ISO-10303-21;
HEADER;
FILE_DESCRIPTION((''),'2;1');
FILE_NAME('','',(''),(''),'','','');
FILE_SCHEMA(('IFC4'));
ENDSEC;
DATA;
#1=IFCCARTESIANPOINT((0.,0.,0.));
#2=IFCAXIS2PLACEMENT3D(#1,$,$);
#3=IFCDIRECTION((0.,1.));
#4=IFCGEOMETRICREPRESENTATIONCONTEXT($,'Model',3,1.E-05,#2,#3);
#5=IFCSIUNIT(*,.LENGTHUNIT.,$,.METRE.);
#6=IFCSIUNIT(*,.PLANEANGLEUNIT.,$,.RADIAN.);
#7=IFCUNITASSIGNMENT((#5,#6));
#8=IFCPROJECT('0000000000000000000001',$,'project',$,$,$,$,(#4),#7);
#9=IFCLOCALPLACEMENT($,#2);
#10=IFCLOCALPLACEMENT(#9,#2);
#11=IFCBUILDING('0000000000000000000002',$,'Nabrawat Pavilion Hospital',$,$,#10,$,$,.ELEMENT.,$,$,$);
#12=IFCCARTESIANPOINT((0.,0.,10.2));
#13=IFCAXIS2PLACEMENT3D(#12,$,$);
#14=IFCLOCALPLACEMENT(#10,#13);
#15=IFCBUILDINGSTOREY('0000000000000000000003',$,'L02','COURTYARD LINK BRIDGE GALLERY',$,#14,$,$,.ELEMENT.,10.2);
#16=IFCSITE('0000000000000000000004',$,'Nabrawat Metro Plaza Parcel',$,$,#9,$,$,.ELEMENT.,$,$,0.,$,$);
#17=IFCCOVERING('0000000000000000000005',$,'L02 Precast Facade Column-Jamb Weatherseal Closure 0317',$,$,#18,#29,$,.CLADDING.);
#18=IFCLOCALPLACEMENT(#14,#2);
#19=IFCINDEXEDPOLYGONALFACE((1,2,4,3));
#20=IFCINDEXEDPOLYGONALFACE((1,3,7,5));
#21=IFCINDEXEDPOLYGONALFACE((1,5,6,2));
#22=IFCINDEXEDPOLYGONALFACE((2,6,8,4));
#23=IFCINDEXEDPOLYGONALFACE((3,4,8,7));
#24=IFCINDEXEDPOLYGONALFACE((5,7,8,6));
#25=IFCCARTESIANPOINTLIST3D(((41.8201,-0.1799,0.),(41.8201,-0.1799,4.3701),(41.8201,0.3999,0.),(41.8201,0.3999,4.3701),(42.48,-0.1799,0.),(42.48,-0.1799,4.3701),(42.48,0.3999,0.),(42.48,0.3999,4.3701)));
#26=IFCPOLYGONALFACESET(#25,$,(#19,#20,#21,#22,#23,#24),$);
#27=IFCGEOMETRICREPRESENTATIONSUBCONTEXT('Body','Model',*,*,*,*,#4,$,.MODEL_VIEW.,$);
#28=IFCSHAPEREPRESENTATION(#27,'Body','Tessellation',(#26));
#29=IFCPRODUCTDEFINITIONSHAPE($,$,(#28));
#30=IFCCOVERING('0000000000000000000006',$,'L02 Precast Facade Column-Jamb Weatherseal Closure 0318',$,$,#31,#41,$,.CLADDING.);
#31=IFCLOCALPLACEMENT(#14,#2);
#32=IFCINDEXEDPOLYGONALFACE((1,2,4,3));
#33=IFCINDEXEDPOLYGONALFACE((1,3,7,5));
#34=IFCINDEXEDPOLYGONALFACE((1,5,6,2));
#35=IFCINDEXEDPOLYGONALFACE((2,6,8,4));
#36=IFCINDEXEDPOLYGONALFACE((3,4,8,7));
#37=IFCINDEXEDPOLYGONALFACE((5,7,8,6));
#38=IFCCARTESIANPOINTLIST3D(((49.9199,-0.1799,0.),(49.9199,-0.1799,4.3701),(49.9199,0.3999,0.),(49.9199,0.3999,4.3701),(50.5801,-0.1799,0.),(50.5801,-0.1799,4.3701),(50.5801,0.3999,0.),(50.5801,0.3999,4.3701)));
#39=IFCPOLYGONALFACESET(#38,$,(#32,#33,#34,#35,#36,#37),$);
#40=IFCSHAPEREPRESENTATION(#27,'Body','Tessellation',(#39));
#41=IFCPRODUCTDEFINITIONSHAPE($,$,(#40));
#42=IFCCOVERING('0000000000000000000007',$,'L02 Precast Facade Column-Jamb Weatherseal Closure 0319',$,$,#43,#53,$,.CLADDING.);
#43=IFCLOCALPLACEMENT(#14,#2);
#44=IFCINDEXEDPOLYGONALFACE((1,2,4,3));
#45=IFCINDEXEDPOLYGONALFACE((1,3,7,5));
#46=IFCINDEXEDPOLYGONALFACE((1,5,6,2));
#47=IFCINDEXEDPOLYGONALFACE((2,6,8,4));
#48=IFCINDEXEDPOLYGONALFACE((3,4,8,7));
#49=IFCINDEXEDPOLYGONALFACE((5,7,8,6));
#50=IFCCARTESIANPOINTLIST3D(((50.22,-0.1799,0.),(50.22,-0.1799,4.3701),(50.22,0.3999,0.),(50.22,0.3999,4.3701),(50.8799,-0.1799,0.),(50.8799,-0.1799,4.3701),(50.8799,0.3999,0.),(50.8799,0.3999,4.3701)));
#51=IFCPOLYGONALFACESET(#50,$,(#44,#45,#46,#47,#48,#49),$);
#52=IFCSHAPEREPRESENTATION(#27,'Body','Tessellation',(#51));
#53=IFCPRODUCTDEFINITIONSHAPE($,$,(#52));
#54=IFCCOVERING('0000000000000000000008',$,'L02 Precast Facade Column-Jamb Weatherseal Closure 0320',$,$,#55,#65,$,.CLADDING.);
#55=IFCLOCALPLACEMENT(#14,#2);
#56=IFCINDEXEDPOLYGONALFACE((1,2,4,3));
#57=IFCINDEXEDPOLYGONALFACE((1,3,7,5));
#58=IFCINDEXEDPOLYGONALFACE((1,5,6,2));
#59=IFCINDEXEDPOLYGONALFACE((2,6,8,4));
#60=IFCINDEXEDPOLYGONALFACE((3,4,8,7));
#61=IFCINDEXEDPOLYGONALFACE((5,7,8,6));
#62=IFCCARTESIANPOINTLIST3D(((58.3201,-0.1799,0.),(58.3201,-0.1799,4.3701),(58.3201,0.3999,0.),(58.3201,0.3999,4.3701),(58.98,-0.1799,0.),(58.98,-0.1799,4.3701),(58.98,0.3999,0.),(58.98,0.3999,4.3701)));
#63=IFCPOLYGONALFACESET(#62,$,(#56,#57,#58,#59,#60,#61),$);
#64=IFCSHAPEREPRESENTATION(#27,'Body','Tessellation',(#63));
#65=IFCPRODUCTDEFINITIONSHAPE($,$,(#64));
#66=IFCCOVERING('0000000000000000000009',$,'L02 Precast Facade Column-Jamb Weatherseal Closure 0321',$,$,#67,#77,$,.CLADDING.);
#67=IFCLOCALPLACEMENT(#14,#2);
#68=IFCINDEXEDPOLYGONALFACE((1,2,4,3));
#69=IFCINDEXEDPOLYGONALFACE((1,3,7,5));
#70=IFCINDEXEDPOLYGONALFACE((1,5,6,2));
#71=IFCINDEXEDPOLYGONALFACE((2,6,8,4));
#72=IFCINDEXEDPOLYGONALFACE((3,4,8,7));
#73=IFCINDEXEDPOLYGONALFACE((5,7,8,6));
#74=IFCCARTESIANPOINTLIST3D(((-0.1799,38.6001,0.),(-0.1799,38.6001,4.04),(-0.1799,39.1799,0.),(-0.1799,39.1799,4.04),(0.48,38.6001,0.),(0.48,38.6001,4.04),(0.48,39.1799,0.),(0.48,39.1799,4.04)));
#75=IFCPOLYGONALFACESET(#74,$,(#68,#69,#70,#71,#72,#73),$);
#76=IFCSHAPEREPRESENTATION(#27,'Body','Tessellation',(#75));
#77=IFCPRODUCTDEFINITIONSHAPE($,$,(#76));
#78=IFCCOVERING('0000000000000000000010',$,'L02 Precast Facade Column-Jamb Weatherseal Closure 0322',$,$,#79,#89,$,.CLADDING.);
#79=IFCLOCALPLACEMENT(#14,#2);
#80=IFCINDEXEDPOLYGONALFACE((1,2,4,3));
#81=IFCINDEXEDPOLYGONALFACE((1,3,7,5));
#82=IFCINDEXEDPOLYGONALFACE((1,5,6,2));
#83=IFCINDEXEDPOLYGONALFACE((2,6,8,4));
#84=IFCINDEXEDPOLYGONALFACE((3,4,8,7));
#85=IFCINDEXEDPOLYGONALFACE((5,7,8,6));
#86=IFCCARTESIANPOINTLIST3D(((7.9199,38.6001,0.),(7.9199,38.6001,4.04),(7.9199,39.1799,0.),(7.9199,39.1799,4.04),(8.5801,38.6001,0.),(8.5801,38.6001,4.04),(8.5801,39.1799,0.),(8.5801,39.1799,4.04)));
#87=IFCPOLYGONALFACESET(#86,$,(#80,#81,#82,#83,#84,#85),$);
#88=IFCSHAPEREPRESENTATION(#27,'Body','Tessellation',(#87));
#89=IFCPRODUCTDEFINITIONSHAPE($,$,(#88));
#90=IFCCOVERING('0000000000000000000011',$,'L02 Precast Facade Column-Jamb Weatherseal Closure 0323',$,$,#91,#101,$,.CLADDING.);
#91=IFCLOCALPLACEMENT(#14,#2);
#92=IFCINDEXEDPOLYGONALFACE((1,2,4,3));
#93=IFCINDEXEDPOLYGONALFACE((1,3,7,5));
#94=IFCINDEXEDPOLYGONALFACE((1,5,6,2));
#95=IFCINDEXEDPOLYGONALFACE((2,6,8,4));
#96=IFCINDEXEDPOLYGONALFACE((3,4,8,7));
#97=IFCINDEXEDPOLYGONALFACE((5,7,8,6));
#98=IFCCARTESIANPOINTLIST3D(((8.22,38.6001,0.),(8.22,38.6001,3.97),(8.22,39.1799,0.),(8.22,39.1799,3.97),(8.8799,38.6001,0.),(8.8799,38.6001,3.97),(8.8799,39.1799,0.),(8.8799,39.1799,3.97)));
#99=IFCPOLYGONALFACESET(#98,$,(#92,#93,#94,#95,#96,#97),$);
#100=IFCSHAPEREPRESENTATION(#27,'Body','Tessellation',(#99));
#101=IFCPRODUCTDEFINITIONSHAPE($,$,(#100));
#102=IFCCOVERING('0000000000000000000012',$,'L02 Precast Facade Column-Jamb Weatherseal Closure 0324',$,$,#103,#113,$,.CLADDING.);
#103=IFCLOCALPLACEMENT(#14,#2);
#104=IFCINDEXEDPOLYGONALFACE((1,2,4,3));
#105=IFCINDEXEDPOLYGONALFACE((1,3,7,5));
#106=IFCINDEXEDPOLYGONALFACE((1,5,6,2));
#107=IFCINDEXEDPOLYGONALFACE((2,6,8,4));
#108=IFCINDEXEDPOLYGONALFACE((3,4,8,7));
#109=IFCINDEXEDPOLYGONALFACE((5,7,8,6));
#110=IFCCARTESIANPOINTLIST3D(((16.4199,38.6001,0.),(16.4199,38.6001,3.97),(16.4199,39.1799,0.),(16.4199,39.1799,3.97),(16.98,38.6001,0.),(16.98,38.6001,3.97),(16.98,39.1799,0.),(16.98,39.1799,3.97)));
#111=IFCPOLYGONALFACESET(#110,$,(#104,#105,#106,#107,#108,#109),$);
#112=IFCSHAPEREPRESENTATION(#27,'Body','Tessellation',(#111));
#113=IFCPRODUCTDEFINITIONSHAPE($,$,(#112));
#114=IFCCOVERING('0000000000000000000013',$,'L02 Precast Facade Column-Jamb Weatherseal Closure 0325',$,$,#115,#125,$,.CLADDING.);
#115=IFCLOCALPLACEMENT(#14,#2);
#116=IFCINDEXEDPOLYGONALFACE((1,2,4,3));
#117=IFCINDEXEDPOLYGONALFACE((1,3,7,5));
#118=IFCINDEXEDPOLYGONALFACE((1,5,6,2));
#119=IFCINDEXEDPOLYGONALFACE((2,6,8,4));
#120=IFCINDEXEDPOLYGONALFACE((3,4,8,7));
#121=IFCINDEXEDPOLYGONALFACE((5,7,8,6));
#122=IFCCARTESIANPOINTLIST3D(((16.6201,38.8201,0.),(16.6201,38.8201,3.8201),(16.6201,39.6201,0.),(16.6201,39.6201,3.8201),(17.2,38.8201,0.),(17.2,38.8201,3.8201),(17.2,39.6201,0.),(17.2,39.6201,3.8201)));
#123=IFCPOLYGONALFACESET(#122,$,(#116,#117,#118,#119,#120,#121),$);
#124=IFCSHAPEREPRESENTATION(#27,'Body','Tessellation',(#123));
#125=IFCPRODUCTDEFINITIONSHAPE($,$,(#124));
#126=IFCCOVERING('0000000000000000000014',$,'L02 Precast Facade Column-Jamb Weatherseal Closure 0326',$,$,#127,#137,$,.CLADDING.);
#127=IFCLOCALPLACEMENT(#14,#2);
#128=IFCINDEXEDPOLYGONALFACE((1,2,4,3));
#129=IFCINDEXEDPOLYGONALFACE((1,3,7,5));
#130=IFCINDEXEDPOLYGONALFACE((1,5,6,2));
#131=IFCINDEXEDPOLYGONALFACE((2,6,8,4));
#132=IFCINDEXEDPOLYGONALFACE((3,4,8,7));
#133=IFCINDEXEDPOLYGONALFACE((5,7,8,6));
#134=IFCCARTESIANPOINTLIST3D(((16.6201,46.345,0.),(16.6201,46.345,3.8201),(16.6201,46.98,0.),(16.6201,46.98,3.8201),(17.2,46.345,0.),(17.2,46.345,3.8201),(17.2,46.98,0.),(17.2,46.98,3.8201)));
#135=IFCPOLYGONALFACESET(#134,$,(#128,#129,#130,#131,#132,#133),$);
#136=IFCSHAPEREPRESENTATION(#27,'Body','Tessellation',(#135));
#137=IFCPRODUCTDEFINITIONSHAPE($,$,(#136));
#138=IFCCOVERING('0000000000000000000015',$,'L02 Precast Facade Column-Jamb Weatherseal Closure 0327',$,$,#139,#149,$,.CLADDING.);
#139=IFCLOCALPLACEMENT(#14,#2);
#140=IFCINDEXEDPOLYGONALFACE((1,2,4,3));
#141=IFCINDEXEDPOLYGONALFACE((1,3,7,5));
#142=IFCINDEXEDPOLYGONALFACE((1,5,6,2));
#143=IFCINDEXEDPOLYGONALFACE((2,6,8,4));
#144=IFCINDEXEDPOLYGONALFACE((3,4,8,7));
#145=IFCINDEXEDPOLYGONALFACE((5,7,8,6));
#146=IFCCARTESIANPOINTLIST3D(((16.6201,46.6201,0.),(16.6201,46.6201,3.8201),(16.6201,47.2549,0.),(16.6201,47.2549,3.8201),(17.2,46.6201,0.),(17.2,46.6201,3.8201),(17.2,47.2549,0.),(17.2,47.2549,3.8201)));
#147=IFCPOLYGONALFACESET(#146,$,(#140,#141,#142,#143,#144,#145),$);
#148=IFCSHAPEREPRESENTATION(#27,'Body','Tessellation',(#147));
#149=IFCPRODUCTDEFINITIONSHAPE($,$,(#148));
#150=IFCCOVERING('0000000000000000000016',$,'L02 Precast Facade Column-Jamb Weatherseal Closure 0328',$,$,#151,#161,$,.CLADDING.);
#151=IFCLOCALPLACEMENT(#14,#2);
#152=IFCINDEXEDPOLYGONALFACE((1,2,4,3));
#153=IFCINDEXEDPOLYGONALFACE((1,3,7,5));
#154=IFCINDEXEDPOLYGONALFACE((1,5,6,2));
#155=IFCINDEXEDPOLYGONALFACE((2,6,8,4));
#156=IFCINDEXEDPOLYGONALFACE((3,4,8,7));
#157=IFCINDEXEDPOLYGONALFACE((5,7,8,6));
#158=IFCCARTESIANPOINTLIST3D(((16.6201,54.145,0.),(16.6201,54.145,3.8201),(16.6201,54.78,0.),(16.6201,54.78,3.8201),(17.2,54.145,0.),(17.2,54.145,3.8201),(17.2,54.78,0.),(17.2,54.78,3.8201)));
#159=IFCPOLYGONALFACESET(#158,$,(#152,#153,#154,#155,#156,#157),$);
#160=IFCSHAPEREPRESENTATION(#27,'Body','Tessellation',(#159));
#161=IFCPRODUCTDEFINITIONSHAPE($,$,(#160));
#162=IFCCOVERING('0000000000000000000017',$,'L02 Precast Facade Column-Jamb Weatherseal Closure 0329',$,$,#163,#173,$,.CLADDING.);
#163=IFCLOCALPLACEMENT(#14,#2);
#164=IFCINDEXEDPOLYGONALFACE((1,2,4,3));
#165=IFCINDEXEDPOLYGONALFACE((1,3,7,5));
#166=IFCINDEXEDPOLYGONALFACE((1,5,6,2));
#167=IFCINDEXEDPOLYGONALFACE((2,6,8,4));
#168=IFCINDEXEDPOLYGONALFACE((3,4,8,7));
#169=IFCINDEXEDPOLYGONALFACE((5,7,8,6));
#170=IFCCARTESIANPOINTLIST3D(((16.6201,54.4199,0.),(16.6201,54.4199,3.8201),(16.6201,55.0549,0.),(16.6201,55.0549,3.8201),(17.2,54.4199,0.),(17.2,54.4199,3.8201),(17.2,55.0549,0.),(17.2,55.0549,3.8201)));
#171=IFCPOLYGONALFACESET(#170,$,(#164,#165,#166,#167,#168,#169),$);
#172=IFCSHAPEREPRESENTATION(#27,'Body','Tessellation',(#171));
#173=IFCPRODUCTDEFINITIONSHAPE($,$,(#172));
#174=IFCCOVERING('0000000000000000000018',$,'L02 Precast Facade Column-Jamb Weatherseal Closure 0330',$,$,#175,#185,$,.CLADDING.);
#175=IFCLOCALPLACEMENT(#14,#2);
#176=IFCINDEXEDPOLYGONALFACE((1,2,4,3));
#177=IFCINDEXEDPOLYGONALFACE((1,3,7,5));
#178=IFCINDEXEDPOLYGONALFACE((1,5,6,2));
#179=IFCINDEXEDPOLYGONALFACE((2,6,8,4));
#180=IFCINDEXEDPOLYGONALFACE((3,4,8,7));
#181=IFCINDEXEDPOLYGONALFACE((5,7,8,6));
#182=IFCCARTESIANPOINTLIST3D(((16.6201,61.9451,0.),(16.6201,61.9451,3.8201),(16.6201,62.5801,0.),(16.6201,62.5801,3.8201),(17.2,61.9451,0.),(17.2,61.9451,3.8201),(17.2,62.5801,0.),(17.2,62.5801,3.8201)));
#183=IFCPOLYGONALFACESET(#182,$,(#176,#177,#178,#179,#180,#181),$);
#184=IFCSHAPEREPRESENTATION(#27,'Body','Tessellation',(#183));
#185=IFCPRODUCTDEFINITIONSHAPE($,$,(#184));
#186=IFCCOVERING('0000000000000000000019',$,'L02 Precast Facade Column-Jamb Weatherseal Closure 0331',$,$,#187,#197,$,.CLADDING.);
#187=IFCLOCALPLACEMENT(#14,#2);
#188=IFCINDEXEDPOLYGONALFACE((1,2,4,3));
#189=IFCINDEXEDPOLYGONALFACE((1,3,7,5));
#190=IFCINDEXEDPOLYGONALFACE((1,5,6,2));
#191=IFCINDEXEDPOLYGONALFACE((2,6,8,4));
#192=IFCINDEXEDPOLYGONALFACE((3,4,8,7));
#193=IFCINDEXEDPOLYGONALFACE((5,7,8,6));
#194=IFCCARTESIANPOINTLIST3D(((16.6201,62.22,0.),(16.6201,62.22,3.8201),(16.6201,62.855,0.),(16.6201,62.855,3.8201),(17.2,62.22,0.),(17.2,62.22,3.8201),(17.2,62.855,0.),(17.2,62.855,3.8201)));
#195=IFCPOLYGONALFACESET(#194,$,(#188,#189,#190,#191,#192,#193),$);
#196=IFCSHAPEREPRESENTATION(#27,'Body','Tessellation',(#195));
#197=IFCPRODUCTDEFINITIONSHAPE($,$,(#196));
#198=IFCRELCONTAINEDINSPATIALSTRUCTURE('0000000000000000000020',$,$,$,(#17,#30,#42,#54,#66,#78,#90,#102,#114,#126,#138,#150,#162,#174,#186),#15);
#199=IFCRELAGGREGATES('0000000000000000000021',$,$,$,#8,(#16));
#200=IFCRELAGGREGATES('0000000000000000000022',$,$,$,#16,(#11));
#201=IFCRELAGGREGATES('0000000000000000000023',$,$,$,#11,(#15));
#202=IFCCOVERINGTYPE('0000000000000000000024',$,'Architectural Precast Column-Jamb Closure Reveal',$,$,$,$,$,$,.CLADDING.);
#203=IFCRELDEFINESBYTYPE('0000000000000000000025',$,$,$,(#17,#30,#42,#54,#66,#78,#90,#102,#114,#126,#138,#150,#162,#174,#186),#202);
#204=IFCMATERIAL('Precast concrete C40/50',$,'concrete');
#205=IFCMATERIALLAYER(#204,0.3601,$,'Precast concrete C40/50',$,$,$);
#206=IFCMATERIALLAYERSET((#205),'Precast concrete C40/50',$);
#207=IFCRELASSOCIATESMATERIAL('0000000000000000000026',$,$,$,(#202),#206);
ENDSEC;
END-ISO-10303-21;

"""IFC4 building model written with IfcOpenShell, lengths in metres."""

from ifc_helpers import new_model, si_unit, direction, frame, origin, place, context, subcontext, project, spatial, polyline, outline, extrude, material, layer, layer_set, type_object, element, save


model = new_model("IFC4")

# Units and contexts
model_context = context("Model", 3, precision=1e-05, world=origin(), true_north=direction((0.0, 1.0)))
body_context = subcontext(model_context, "Body", "Model", "MODEL_VIEW")
ifc_project = project(units=[si_unit("LENGTHUNIT", "METRE"), si_unit("PLANEANGLEUNIT", "RADIAN")], contexts=[model_context])

# Site, building, storey
site_placement = place(None, origin())
site = spatial("IfcSite", under=ifc_project, at=site_placement, Name="Nabrawat Metro Plaza Parcel", CompositionType="ELEMENT", RefElevation=0.0)
building_placement = place(site_placement, origin())
building = spatial("IfcBuilding", under=site, at=building_placement, Name="Nabrawat Pavilion Hospital", CompositionType="ELEMENT")
storey_placement = place(building_placement, frame((0.0, 0.0, 10.2)))
storey = spatial("IfcBuildingStorey", under=building, at=storey_placement, Name="L02", Description="COURTYARD LINK BRIDGE GALLERY", CompositionType="ELEMENT", Elevation=10.2)

# Coverings
ifc_material = material(Name="Precast concrete C40/50", Category="concrete")
ifc_layer = layer(ifc_material, 0.3601, Name="Precast concrete C40/50")
ifc_layer_set = layer_set([ifc_layer], Name="Precast concrete C40/50")
covering_type = type_object("IfcCoveringType", Name="Architectural Precast Column-Jamb Closure Reveal", PredefinedType="CLADDING", material=ifc_layer_set)
covering_1_placement = place(storey_placement, origin())
element("IfcCovering", 1, at=covering_1_placement, inside=storey, type_object=covering_type, Name="L02 Precast Facade Column-Jamb Weatherseal Closure 0317", PredefinedType="CLADDING", context=body_context, shape_type="SweptSolid", body=[
    extrude(outline(polyline([(42.48, -0.1799), (42.48, 0.3999), (41.8201, 0.3999), (41.8201, -0.1799), (42.48, -0.1799)])), origin(), (0.0, 0.0, 1.0), 4.3701),
])
covering_2_placement = place(storey_placement, origin())
element("IfcCovering", 2, at=covering_2_placement, inside=storey, type_object=covering_type, Name="L02 Precast Facade Column-Jamb Weatherseal Closure 0318", PredefinedType="CLADDING", context=body_context, shape_type="SweptSolid", body=[
    extrude(outline(polyline([(50.5801, -0.1799), (50.5801, 0.3999), (49.9199, 0.3999), (49.9199, -0.1799), (50.5801, -0.1799)])), origin(), (0.0, 0.0, 1.0), 4.3701),
])
covering_3_placement = place(storey_placement, origin())
element("IfcCovering", 3, at=covering_3_placement, inside=storey, type_object=covering_type, Name="L02 Precast Facade Column-Jamb Weatherseal Closure 0319", PredefinedType="CLADDING", context=body_context, shape_type="SweptSolid", body=[
    extrude(outline(polyline([(50.8799, -0.1799), (50.8799, 0.3999), (50.22, 0.3999), (50.22, -0.1799), (50.8799, -0.1799)])), origin(), (0.0, 0.0, 1.0), 4.3701),
])
covering_4_placement = place(storey_placement, origin())
element("IfcCovering", 4, at=covering_4_placement, inside=storey, type_object=covering_type, Name="L02 Precast Facade Column-Jamb Weatherseal Closure 0320", PredefinedType="CLADDING", context=body_context, shape_type="SweptSolid", body=[
    extrude(outline(polyline([(58.98, -0.1799), (58.98, 0.3999), (58.3201, 0.3999), (58.3201, -0.1799), (58.98, -0.1799)])), origin(), (0.0, 0.0, 1.0), 4.3701),
])
covering_5_placement = place(storey_placement, origin())
element("IfcCovering", 5, at=covering_5_placement, inside=storey, type_object=covering_type, Name="L02 Precast Facade Column-Jamb Weatherseal Closure 0321", PredefinedType="CLADDING", context=body_context, shape_type="SweptSolid", body=[
    extrude(outline(polyline([(0.48, 38.6001), (0.48, 39.1799), (-0.1799, 39.1799), (-0.1799, 38.6001), (0.48, 38.6001)])), origin(), (0.0, 0.0, 1.0), 4.04),
])
covering_6_placement = place(storey_placement, origin())
element("IfcCovering", 6, at=covering_6_placement, inside=storey, type_object=covering_type, Name="L02 Precast Facade Column-Jamb Weatherseal Closure 0322", PredefinedType="CLADDING", context=body_context, shape_type="SweptSolid", body=[
    extrude(outline(polyline([(8.5801, 38.6001), (8.5801, 39.1799), (7.9199, 39.1799), (7.9199, 38.6001), (8.5801, 38.6001)])), origin(), (0.0, 0.0, 1.0), 4.04),
])
covering_7_placement = place(storey_placement, origin())
element("IfcCovering", 7, at=covering_7_placement, inside=storey, type_object=covering_type, Name="L02 Precast Facade Column-Jamb Weatherseal Closure 0323", PredefinedType="CLADDING", context=body_context, shape_type="SweptSolid", body=[
    extrude(outline(polyline([(8.8799, 38.6001), (8.8799, 39.1799), (8.22, 39.1799), (8.22, 38.6001), (8.8799, 38.6001)])), origin(), (0.0, 0.0, 1.0), 3.97),
])
covering_8_placement = place(storey_placement, origin())
element("IfcCovering", 8, at=covering_8_placement, inside=storey, type_object=covering_type, Name="L02 Precast Facade Column-Jamb Weatherseal Closure 0324", PredefinedType="CLADDING", context=body_context, shape_type="SweptSolid", body=[
    extrude(outline(polyline([(16.98, 38.6001), (16.98, 39.1799), (16.4199, 39.1799), (16.4199, 38.6001), (16.98, 38.6001)])), origin(), (0.0, 0.0, 1.0), 3.97),
])
covering_9_placement = place(storey_placement, origin())
element("IfcCovering", 9, at=covering_9_placement, inside=storey, type_object=covering_type, Name="L02 Precast Facade Column-Jamb Weatherseal Closure 0325", PredefinedType="CLADDING", context=body_context, shape_type="SweptSolid", body=[
    extrude(outline(polyline([(17.2, 38.8201), (17.2, 39.6201), (16.6201, 39.6201), (16.6201, 38.8201), (17.2, 38.8201)])), origin(), (0.0, 0.0, 1.0), 3.8201),
])
covering_10_placement = place(storey_placement, origin())
element("IfcCovering", 10, at=covering_10_placement, inside=storey, type_object=covering_type, Name="L02 Precast Facade Column-Jamb Weatherseal Closure 0326", PredefinedType="CLADDING", context=body_context, shape_type="SweptSolid", body=[
    extrude(outline(polyline([(17.2, 46.345), (17.2, 46.98), (16.6201, 46.98), (16.6201, 46.345), (17.2, 46.345)])), origin(), (0.0, 0.0, 1.0), 3.8201),
])
covering_11_placement = place(storey_placement, origin())
element("IfcCovering", 11, at=covering_11_placement, inside=storey, type_object=covering_type, Name="L02 Precast Facade Column-Jamb Weatherseal Closure 0327", PredefinedType="CLADDING", context=body_context, shape_type="SweptSolid", body=[
    extrude(outline(polyline([(17.2, 46.6201), (17.2, 47.2549), (16.6201, 47.2549), (16.6201, 46.6201), (17.2, 46.6201)])), origin(), (0.0, 0.0, 1.0), 3.8201),
])
covering_12_placement = place(storey_placement, origin())
element("IfcCovering", 12, at=covering_12_placement, inside=storey, type_object=covering_type, Name="L02 Precast Facade Column-Jamb Weatherseal Closure 0328", PredefinedType="CLADDING", context=body_context, shape_type="SweptSolid", body=[
    extrude(outline(polyline([(17.2, 54.145), (17.2, 54.78), (16.6201, 54.78), (16.6201, 54.145), (17.2, 54.145)])), origin(), (0.0, 0.0, 1.0), 3.8201),
])
covering_13_placement = place(storey_placement, origin())
element("IfcCovering", 13, at=covering_13_placement, inside=storey, type_object=covering_type, Name="L02 Precast Facade Column-Jamb Weatherseal Closure 0329", PredefinedType="CLADDING", context=body_context, shape_type="SweptSolid", body=[
    extrude(outline(polyline([(17.2, 54.4199), (17.2, 55.0549), (16.6201, 55.0549), (16.6201, 54.4199), (17.2, 54.4199)])), origin(), (0.0, 0.0, 1.0), 3.8201),
])
covering_14_placement = place(storey_placement, origin())
element("IfcCovering", 14, at=covering_14_placement, inside=storey, type_object=covering_type, Name="L02 Precast Facade Column-Jamb Weatherseal Closure 0330", PredefinedType="CLADDING", context=body_context, shape_type="SweptSolid", body=[
    extrude(outline(polyline([(17.2, 61.9451), (17.2, 62.5801), (16.6201, 62.5801), (16.6201, 61.9451), (17.2, 61.9451)])), origin(), (0.0, 0.0, 1.0), 3.8201),
])
covering_15_placement = place(storey_placement, origin())
element("IfcCovering", 15, at=covering_15_placement, inside=storey, type_object=covering_type, Name="L02 Precast Facade Column-Jamb Weatherseal Closure 0331", PredefinedType="CLADDING", context=body_context, shape_type="SweptSolid", body=[
    extrude(outline(polyline([(17.2, 62.22), (17.2, 62.855), (16.6201, 62.855), (16.6201, 62.22), (17.2, 62.22)])), origin(), (0.0, 0.0, 1.0), 3.8201),
])

save(model, "model.ifc")
